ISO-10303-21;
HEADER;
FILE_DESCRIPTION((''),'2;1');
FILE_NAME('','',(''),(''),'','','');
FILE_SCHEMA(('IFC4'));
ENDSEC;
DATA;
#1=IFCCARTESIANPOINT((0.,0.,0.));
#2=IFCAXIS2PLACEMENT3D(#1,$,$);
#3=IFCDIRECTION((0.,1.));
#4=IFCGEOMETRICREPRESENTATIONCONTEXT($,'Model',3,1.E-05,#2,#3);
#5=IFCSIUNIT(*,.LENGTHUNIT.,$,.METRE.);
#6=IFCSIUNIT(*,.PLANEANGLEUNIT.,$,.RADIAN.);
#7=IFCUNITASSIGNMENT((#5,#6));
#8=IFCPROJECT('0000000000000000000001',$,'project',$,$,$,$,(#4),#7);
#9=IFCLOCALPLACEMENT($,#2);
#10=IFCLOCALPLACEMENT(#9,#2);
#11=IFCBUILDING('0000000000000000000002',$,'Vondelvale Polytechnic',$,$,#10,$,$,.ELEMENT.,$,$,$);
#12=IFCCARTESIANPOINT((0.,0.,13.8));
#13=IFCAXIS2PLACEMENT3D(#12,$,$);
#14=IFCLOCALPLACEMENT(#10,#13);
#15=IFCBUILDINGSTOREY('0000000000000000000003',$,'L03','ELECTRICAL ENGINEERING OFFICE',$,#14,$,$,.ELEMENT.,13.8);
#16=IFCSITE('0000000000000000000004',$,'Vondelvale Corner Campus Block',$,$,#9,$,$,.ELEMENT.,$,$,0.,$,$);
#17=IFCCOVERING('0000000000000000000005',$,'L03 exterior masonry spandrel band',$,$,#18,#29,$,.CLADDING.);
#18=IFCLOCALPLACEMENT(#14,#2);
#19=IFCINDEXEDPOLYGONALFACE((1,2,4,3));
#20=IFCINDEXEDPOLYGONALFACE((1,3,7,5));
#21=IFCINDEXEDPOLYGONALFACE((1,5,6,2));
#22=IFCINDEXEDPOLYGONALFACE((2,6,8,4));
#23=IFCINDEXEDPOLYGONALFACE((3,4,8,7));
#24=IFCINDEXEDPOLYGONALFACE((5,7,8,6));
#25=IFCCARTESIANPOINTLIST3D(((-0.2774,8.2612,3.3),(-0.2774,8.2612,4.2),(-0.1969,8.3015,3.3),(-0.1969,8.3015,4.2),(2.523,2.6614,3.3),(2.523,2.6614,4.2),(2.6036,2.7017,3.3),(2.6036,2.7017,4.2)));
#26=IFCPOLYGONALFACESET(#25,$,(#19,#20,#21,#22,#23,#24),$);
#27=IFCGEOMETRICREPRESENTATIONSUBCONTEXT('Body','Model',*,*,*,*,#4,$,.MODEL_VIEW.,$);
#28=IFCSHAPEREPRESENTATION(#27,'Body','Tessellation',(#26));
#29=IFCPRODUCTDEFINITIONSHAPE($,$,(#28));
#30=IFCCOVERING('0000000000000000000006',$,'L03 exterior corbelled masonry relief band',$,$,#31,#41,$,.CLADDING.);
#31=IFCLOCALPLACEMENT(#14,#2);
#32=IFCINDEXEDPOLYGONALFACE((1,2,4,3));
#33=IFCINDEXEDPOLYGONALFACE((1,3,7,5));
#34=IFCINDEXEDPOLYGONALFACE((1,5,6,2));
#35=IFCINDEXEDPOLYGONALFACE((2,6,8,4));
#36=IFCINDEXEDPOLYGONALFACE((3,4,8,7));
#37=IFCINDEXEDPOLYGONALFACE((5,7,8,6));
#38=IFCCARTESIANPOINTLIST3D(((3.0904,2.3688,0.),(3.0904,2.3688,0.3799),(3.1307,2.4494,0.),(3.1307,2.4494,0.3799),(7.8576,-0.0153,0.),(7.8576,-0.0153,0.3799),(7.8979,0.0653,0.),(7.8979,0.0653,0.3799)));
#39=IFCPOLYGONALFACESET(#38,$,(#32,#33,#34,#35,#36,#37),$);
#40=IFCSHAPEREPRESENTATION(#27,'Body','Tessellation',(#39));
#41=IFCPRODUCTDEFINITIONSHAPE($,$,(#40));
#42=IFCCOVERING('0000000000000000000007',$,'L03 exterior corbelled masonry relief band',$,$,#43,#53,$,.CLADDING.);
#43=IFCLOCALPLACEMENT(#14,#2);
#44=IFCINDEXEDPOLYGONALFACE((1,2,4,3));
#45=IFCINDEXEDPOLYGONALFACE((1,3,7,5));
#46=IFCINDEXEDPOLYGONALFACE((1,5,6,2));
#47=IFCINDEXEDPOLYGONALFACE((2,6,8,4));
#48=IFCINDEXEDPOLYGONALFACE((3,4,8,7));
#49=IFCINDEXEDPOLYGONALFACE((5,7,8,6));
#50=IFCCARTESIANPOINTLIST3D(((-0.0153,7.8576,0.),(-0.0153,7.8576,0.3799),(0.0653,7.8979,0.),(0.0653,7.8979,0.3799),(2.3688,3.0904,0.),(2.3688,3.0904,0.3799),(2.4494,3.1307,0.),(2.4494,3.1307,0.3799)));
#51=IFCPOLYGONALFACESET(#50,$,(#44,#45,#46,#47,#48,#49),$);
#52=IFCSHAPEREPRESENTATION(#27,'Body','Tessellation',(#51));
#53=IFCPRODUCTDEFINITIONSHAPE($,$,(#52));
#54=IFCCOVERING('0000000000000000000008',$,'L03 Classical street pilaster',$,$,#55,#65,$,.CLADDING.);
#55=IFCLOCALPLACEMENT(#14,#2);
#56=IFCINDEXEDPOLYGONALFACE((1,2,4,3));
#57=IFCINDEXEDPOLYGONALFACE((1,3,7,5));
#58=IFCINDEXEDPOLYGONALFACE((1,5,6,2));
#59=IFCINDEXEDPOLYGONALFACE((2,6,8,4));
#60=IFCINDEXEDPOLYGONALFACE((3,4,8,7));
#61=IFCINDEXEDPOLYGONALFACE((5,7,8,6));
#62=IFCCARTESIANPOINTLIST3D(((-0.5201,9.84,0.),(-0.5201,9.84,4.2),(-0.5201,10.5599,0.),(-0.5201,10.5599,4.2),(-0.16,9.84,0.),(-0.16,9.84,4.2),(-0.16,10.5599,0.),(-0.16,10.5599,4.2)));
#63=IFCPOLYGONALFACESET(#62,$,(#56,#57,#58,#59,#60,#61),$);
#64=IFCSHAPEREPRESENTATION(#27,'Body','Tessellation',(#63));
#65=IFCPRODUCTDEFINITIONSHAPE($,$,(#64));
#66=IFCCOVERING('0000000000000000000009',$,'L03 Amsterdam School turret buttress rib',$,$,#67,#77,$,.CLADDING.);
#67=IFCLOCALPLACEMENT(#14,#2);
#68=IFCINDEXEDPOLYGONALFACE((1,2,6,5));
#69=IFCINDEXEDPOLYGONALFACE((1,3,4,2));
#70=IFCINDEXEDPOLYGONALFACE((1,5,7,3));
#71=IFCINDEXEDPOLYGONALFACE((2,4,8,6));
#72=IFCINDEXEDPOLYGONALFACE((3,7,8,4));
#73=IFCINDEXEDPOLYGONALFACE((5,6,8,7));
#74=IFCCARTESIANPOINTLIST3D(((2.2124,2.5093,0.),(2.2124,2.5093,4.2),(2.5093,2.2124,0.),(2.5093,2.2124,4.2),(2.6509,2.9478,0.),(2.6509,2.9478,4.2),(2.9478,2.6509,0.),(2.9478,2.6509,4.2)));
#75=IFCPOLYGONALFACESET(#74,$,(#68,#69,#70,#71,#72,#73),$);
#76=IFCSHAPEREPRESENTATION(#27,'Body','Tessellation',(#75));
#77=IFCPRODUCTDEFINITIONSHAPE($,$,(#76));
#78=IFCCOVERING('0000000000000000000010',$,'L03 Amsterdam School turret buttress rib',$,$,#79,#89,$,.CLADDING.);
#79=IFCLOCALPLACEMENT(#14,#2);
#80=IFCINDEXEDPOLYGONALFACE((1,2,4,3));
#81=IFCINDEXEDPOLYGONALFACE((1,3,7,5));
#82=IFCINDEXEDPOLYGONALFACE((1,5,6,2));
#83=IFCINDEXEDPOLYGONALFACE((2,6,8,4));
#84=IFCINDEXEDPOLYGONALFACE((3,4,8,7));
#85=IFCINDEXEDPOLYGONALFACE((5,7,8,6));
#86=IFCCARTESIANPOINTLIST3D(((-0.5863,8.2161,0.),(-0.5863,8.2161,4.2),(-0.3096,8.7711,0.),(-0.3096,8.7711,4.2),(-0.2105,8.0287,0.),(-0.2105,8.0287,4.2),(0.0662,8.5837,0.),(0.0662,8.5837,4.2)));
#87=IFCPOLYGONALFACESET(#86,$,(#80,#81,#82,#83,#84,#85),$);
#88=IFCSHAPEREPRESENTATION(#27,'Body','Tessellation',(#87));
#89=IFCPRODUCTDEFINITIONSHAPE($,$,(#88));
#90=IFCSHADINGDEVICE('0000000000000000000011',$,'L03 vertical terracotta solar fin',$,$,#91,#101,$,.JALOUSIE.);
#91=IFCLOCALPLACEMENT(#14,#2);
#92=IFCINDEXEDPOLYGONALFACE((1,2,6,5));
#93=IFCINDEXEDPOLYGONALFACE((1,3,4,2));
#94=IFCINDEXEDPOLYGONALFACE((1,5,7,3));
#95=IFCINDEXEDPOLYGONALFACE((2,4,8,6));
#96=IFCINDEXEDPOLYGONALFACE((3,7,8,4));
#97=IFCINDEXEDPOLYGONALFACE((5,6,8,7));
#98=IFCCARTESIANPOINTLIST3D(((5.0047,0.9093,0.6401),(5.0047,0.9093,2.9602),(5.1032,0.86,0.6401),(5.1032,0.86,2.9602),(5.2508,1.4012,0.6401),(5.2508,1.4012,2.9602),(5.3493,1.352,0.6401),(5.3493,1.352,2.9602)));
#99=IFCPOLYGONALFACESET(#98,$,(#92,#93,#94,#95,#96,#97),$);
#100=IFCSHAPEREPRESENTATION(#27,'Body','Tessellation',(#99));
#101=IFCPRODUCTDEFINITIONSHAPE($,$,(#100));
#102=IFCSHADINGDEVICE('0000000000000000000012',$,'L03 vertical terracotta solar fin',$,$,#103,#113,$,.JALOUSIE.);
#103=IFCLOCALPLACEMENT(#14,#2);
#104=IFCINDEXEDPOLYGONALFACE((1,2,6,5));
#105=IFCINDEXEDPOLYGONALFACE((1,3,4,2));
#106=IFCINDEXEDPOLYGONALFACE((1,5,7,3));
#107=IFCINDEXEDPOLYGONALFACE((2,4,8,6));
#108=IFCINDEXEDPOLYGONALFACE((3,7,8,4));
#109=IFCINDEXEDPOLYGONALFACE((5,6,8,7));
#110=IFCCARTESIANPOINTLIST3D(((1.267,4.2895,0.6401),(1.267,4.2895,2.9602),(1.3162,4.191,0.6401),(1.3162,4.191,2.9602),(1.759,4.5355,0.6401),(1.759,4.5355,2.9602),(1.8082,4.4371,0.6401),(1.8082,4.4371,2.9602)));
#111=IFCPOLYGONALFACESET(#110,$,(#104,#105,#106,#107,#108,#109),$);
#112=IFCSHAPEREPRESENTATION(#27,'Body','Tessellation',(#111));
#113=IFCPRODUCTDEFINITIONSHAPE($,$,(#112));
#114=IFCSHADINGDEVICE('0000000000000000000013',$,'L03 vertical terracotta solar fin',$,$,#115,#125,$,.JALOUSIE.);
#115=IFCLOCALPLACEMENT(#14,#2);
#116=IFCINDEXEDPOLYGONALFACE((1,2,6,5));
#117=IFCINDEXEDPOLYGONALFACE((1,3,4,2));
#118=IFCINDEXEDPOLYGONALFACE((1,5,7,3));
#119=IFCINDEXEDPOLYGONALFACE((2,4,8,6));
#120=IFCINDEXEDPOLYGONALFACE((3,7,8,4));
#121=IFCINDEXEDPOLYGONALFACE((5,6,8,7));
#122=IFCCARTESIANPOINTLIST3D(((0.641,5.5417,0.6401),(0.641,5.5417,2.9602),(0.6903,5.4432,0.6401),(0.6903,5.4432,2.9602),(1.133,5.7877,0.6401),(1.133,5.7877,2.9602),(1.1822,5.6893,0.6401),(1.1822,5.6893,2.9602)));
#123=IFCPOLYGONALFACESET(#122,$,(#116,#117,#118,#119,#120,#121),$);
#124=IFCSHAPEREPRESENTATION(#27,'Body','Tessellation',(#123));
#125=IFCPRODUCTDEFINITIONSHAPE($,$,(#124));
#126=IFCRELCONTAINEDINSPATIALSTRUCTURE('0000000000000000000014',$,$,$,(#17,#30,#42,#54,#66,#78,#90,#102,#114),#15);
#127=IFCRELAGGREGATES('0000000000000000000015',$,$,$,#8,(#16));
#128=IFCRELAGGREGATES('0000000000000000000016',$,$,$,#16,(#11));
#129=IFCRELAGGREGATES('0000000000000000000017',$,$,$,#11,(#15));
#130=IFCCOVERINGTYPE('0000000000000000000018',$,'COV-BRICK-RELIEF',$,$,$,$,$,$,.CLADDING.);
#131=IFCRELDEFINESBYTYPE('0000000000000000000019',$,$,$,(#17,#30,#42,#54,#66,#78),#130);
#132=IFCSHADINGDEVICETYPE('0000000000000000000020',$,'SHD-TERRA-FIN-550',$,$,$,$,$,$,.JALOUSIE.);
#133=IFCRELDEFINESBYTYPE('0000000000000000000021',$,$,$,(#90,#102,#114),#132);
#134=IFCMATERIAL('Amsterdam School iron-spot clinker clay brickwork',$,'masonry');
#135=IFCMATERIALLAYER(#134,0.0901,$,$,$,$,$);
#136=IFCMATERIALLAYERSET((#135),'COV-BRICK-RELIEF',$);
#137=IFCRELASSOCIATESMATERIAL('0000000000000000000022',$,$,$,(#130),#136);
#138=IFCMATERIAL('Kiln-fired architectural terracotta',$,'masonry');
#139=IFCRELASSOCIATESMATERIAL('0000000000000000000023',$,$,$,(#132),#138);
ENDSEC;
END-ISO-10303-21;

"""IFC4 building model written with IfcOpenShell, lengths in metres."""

from ifc_helpers import new_model, si_unit, direction, frame, origin, origin_2d, place, context, subcontext, project, spatial, rectangle, extrude, material, layer, layer_set, type_object, element, save


model = new_model("IFC4")

# Units and contexts
model_context = context("Model", 3, precision=1e-05, world=origin(), true_north=direction((0.0, 1.0)))
body_context = subcontext(model_context, "Body", "Model", "MODEL_VIEW")
ifc_project = project(units=[si_unit("LENGTHUNIT", "METRE"), si_unit("PLANEANGLEUNIT", "RADIAN")], contexts=[model_context])

# Site, building, storey
site_placement = place(None, origin())
site = spatial("IfcSite", under=ifc_project, at=site_placement, Name="Vondelvale Corner Campus Block", CompositionType="ELEMENT", RefElevation=0.0)
building_placement = place(site_placement, origin())
building = spatial("IfcBuilding", under=site, at=building_placement, Name="Vondelvale Polytechnic", CompositionType="ELEMENT")
storey_placement = place(building_placement, frame((0.0, 0.0, 13.8)))
storey = spatial("IfcBuildingStorey", under=building, at=storey_placement, Name="L03", Description="ELECTRICAL ENGINEERING OFFICE", CompositionType="ELEMENT", Elevation=13.8)

# Shared definitions
ifc_material_1 = material(Name="Amsterdam School iron-spot clinker clay brickwork", Category="masonry")

# Coverings
ifc_layer_1 = layer(ifc_material_1, 0.0901)
ifc_layer_set_1 = layer_set([ifc_layer_1], Name="COV-BRICK-RELIEF")
covering_type = type_object("IfcCoveringType", Name="COV-BRICK-RELIEF", PredefinedType="CLADDING", material=ifc_layer_set_1)
for number, where, z_axis, x_axis, name in (
    (1, (1.1631, 5.4814, 3.3), (0.0, 0.0, 1.0), (-0.447291, 0.894389, 0.0), "L03 exterior masonry spandrel band"),
):
    element("IfcCovering", number, at=place(storey_placement, frame(where, z_axis=z_axis, x_axis=x_axis)), inside=storey, type_object=covering_type, Name=name, PredefinedType="CLADDING", context=body_context, shape_type="SweptSolid", body=[
        extrude(rectangle(XDim=6.261, YDim=0.0901, at=origin_2d()), origin(), (0.0, 0.0, 1.0), 0.8999),
    ])
for number, where, z_axis, x_axis, name in (
    (2, (5.4941, 1.217, 0.0), (0.0, 0.0, 1.0), (-0.894389, 0.447291, 0.0), "L03 exterior corbelled masonry relief band"),
    (3, (1.217, 5.4941, 0.0), (0.0, 0.0, 1.0), (-0.447291, 0.894389, 0.0), "L03 exterior corbelled masonry relief band"),
):
    element("IfcCovering", number, at=place(storey_placement, frame(where, z_axis=z_axis, x_axis=x_axis)), inside=storey, type_object=covering_type, Name=name, PredefinedType="CLADDING", context=body_context, shape_type="SweptSolid", body=[
        extrude(rectangle(XDim=5.3301, YDim=0.0901, at=origin_2d()), origin(), (0.0, 0.0, 1.0), 0.3799),
    ])
covering_placement = place(storey_placement, frame((-0.3401, 10.2, 0.0), z_axis=(0.0, 0.0, 1.0), x_axis=(1.0, 0.0, 0.0)))
element("IfcCovering", 4, at=covering_placement, inside=storey, type_object=covering_type, Name="L03 Classical street pilaster", PredefinedType="CLADDING", context=body_context, shape_type="SweptSolid", body=[
    extrude(rectangle(XDim=0.3601, YDim=0.72, at=origin_2d()), origin(), (0.0, 0.0, 1.0), 4.2),
])
for number, where, z_axis, x_axis, name in (
    (5, (2.5801, 2.5801, 0.0), (0.0, 0.0, 1.0), (0.707107, 0.707107, 0.0), "L03 Amsterdam School turret buttress rib"),
    (6, (-0.26, 8.3999, 0.0), (0.0, 0.0, 1.0), (0.446198, 0.894934, 0.0), "L03 Amsterdam School turret buttress rib"),
):
    element("IfcCovering", number, at=place(storey_placement, frame(where, z_axis=z_axis, x_axis=x_axis)), inside=storey, type_object=covering_type, Name=name, PredefinedType="CLADDING", context=body_context, shape_type="SweptSolid", body=[
        extrude(rectangle(XDim=0.6201, YDim=0.4199, at=origin_2d()), origin(), (0.0, 0.0, 1.0), 4.2),
    ])

# Shading devices
ifc_material_2 = material(Name="Kiln-fired architectural terracotta", Category="masonry")
shading_device_type = type_object("IfcShadingDeviceType", Name="SHD-TERRA-FIN-550", PredefinedType="JALOUSIE", material=ifc_material_2)
for number, where, z_axis, x_axis, name in (
    (7, (5.177, 1.1306, 0.6401), (0.0, 0.0, 1.0), (-0.894389, 0.447291, 0.0), "L03 vertical terracotta solar fin"),
    (8, (1.5376, 4.3633, 0.6401), (0.0, 0.0, 1.0), (-0.447291, 0.894389, 0.0), "L03 vertical terracotta solar fin"),
    (9, (0.9116, 5.6155, 0.6401), (0.0, 0.0, 1.0), (-0.447291, 0.894389, 0.0), "L03 vertical terracotta solar fin"),
):
    element("IfcShadingDevice", number, at=place(storey_placement, frame(where, z_axis=z_axis, x_axis=x_axis)), inside=storey, type_object=shading_device_type, Name=name, PredefinedType="JALOUSIE", context=body_context, shape_type="SweptSolid", body=[
        extrude(rectangle(XDim=0.1101, YDim=0.55, at=origin_2d()), origin(), (0.0, 0.0, 1.0), 2.3201),
    ])

save(model, "model.ifc")
